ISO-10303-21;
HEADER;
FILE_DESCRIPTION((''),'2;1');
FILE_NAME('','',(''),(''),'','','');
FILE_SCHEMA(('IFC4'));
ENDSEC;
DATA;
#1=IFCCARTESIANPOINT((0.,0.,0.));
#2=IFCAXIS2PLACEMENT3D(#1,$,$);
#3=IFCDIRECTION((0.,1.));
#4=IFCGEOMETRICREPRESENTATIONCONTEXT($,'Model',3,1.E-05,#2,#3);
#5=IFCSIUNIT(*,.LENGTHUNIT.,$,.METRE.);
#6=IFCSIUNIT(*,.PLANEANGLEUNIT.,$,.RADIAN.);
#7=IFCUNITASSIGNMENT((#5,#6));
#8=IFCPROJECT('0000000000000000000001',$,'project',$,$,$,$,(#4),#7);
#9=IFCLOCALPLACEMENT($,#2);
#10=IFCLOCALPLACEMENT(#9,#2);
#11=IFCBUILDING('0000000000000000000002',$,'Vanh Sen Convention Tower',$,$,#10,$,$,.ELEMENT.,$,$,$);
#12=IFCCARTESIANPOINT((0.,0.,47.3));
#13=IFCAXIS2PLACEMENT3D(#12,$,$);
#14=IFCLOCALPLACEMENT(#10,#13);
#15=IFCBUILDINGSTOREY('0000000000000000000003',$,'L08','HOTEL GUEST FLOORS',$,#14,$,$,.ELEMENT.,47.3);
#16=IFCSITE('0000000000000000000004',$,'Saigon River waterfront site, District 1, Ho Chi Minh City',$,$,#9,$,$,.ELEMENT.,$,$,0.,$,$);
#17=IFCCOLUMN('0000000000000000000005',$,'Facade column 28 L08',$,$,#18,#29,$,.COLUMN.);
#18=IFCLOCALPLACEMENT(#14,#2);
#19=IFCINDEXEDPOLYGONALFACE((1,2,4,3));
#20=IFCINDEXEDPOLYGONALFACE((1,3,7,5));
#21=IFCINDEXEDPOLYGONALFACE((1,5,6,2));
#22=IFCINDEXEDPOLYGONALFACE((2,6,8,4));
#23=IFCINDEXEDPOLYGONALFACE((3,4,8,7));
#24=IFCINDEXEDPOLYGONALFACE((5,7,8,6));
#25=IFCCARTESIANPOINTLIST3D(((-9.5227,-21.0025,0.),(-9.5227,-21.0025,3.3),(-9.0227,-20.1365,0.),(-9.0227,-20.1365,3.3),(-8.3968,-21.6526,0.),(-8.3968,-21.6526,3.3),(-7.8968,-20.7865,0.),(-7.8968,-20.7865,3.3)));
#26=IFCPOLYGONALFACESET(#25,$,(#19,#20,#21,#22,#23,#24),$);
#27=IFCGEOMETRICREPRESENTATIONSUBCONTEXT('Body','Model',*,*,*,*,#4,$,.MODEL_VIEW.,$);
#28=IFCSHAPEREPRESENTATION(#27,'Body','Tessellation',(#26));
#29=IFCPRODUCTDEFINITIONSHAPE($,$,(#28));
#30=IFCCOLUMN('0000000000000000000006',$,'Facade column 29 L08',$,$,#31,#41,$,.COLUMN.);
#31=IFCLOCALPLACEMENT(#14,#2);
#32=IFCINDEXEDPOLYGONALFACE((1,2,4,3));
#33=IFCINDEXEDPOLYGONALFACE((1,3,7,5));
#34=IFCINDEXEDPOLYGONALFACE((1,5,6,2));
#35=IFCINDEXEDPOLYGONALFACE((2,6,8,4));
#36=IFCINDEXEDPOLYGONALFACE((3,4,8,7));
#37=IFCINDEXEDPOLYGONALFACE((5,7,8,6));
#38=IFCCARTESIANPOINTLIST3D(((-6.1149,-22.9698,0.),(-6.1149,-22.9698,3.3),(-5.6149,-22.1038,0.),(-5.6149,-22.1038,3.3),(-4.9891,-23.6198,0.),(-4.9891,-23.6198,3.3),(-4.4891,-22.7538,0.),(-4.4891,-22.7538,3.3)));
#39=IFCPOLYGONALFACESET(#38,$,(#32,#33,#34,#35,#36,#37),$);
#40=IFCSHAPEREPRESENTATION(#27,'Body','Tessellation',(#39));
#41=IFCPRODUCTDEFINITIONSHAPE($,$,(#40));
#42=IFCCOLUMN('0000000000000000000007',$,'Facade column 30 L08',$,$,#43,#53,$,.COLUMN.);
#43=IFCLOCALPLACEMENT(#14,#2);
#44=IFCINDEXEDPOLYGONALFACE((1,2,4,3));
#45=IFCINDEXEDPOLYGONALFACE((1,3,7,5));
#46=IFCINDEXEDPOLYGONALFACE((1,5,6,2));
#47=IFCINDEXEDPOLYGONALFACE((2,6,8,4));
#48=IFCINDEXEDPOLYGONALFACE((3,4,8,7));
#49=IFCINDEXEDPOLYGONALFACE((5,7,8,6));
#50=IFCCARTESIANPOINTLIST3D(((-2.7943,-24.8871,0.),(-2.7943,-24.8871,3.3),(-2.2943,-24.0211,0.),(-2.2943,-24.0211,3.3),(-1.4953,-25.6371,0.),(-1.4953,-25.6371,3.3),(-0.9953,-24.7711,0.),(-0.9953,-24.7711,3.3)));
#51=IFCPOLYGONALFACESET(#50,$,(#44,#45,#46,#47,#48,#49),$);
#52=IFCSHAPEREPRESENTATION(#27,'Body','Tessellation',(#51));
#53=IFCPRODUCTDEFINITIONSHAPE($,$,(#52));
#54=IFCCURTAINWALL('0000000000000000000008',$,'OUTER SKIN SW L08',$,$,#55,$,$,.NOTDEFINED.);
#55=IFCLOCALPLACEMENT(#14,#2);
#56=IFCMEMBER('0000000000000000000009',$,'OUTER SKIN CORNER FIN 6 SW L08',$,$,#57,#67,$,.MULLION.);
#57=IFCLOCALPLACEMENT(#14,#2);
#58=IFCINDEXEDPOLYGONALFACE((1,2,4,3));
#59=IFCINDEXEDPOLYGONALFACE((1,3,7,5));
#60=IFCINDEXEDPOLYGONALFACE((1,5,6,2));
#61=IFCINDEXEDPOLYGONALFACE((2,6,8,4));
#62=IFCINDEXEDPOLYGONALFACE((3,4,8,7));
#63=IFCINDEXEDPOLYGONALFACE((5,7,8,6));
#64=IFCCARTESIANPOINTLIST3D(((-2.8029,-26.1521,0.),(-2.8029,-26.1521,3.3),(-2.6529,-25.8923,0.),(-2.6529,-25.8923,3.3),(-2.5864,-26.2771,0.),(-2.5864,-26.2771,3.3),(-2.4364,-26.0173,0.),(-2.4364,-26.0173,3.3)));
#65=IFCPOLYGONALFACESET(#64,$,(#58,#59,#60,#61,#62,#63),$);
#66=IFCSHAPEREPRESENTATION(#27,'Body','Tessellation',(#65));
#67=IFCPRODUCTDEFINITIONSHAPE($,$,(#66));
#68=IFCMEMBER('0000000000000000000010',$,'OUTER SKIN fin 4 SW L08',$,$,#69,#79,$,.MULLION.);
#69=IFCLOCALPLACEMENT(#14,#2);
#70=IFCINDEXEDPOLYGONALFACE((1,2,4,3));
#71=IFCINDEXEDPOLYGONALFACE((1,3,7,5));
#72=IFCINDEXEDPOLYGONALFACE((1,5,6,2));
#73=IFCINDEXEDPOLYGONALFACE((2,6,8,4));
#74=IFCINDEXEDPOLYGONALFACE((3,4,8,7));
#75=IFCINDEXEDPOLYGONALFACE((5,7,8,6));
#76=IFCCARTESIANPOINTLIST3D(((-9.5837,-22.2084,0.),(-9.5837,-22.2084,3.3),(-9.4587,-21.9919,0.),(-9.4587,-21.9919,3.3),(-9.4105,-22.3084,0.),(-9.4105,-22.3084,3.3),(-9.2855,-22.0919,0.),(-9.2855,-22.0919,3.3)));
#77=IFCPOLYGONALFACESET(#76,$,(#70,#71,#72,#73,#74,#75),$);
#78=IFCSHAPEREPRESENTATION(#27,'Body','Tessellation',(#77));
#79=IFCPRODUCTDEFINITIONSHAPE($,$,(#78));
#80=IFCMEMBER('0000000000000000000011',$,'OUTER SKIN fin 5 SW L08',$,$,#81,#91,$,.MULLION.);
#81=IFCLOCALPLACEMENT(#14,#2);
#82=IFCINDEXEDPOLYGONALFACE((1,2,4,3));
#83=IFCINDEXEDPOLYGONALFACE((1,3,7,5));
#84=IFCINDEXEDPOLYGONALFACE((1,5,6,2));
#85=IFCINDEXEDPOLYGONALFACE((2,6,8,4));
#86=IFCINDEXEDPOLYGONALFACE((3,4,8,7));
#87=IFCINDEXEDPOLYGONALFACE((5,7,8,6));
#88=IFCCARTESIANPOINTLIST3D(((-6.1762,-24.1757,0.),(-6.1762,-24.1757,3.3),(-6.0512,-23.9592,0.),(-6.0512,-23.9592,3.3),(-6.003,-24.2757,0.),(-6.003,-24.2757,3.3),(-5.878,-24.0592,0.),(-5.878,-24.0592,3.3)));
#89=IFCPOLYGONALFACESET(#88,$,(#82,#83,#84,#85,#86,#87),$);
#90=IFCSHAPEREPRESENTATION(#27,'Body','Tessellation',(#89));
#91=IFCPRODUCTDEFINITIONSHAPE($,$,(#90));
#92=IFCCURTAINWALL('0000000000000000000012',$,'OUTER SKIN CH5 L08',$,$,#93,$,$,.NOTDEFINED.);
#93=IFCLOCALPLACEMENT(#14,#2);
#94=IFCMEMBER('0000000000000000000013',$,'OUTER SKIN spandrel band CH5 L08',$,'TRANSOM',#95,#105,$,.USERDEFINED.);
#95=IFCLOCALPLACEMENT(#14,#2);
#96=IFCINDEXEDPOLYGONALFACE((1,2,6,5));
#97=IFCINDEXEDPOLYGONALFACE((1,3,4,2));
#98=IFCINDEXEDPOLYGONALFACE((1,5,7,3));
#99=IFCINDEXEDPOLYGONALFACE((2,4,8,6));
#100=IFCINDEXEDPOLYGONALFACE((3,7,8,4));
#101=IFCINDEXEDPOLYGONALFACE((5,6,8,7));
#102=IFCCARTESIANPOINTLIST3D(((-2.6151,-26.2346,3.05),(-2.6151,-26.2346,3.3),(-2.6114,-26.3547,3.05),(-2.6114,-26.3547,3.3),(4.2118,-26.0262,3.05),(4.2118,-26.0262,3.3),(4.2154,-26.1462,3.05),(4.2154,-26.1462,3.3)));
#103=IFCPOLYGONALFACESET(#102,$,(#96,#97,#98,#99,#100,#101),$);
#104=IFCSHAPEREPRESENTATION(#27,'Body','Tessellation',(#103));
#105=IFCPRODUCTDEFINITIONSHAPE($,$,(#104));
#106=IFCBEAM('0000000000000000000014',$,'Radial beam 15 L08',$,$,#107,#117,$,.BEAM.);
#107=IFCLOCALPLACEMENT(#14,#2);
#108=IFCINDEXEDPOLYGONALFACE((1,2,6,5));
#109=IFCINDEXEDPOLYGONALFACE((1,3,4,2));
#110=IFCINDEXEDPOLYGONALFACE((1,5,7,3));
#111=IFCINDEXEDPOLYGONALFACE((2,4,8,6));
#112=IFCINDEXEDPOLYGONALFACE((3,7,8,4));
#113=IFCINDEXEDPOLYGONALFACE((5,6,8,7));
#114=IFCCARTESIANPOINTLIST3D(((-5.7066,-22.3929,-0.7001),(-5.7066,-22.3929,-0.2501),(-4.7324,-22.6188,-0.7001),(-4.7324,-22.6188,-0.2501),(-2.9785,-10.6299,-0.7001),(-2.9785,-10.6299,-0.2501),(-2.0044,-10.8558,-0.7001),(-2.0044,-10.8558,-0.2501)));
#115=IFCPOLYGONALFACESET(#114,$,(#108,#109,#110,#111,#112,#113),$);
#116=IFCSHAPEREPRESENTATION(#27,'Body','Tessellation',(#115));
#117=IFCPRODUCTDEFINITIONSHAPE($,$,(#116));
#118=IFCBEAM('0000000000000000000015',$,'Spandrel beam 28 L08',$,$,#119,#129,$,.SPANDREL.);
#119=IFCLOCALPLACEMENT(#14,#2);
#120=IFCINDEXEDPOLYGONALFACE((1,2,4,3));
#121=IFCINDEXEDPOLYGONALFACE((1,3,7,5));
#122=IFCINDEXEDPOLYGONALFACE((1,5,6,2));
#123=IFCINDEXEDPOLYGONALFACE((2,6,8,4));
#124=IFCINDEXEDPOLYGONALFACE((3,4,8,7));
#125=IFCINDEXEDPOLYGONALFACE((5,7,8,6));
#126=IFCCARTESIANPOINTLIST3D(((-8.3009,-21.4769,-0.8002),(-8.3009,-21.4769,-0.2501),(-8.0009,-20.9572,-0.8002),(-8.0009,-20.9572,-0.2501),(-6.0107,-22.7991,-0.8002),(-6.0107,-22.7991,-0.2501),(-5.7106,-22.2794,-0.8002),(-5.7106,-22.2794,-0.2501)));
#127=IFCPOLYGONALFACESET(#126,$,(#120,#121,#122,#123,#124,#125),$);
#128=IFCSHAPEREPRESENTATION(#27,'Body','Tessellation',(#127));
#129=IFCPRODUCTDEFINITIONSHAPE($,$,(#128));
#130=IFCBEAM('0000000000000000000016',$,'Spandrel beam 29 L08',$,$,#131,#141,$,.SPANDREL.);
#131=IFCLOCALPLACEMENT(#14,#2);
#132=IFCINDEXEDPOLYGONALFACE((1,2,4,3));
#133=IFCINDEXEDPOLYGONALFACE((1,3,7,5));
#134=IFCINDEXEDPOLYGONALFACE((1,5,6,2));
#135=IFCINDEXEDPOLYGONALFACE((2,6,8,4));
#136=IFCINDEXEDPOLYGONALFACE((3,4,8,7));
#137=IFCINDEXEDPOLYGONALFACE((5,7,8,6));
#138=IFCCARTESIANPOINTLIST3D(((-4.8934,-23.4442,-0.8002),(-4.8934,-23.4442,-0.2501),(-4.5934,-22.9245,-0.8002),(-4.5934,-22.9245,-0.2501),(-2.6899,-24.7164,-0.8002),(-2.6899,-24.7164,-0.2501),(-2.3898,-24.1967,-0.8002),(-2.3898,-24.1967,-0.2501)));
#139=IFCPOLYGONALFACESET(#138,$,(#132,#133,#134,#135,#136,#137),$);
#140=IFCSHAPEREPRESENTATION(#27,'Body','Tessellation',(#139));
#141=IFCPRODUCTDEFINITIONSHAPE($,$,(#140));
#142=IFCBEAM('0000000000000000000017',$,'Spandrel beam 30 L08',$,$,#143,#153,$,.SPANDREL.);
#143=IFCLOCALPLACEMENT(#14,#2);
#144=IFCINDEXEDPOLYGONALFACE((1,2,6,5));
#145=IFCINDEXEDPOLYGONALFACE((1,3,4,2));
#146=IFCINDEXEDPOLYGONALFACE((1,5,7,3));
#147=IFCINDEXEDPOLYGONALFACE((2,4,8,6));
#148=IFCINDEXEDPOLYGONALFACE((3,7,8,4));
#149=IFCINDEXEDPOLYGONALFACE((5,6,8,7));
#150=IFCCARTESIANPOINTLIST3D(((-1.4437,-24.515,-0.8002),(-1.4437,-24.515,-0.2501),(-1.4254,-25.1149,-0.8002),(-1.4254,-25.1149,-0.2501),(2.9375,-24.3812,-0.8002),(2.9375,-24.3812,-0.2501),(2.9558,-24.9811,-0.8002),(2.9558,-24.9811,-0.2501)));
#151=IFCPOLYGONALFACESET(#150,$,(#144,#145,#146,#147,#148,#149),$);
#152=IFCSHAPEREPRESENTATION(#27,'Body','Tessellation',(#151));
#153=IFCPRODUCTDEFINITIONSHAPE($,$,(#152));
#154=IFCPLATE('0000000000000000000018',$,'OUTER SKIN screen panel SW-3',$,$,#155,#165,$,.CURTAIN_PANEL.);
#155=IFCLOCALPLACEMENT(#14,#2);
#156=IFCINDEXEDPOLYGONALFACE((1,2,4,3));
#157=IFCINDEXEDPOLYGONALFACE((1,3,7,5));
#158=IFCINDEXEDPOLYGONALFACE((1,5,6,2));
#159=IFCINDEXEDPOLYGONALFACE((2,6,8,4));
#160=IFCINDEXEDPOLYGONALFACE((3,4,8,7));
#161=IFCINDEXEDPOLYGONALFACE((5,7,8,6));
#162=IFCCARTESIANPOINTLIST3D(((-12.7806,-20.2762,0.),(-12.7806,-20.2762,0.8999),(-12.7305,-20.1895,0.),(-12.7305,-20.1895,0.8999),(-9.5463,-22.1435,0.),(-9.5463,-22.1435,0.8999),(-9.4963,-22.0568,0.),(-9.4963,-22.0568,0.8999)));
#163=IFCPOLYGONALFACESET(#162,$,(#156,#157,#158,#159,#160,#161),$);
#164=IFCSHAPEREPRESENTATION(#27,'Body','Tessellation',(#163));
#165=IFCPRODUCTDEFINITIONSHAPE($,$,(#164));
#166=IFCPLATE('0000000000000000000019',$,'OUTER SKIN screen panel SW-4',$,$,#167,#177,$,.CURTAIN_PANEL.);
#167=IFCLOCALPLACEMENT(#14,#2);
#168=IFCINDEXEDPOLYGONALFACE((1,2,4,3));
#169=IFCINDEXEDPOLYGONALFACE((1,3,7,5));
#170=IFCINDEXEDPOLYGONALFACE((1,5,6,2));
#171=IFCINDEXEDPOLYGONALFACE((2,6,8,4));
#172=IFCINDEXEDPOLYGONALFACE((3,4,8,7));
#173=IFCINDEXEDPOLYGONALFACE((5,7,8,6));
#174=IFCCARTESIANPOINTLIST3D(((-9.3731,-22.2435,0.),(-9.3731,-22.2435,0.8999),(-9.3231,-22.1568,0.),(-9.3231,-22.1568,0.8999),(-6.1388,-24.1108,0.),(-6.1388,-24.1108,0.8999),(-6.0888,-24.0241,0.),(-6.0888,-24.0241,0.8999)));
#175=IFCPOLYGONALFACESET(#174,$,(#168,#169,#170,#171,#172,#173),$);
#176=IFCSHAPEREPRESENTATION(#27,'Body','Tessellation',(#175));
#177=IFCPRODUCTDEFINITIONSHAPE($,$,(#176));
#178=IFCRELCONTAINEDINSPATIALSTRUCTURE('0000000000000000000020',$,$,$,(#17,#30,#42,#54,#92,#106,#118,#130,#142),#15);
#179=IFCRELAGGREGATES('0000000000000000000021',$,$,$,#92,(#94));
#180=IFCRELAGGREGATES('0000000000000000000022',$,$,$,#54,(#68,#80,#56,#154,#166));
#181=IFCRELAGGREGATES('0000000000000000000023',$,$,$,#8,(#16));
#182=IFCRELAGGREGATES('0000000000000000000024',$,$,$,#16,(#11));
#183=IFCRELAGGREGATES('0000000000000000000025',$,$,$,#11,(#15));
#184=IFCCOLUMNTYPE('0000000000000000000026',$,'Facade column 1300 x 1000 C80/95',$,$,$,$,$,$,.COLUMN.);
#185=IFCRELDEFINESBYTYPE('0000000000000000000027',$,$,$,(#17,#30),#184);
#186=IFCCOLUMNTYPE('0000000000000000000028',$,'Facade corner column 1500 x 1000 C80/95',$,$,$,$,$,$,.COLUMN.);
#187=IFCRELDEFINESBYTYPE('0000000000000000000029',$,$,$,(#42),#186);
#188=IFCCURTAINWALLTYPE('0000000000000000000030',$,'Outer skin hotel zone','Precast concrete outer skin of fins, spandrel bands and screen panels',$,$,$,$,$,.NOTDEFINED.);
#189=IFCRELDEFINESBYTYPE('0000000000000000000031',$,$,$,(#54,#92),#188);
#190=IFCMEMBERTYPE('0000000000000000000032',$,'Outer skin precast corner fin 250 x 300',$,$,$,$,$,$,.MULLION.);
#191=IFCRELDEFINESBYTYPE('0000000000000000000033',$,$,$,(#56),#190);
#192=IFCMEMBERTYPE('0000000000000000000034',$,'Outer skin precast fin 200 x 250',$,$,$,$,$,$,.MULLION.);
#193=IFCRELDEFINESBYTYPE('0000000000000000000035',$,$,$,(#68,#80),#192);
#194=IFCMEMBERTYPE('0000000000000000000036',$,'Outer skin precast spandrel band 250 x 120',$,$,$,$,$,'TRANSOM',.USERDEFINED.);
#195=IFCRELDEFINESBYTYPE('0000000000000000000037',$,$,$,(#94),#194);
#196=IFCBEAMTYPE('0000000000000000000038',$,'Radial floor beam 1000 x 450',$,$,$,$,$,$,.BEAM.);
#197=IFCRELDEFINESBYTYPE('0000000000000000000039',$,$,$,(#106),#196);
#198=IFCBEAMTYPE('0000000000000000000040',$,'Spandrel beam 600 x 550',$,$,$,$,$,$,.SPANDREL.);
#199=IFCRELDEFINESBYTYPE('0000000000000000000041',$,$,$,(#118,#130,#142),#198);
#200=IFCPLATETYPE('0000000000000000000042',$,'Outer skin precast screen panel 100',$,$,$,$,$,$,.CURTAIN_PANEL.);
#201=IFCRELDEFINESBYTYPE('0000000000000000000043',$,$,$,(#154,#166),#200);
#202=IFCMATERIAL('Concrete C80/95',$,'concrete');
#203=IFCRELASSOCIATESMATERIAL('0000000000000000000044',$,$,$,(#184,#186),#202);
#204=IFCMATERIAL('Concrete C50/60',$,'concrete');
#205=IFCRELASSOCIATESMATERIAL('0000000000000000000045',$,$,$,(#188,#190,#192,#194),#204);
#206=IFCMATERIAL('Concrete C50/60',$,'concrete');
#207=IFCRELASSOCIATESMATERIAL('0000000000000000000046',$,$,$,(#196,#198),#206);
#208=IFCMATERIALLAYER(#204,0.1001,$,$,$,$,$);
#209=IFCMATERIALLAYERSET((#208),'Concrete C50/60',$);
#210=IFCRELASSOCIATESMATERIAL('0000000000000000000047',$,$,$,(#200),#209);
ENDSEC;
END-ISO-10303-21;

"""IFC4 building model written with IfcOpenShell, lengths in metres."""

from ifc_helpers import new_model, si_unit, direction, frame, origin, origin_2d, place, context, subcontext, project, spatial, rectangle, extrude, material, layer, layer_set, material_profile, profile_set, type_object, element, aggregate, save


model = new_model("IFC4")

# Units and contexts
model_context = context("Model", 3, precision=1e-05, world=origin(), true_north=direction((0.0, 1.0)))
body_context = subcontext(model_context, "Body", "Model", "MODEL_VIEW")
ifc_project = project(units=[si_unit("LENGTHUNIT", "METRE"), si_unit("PLANEANGLEUNIT", "RADIAN")], contexts=[model_context])

# Site, building, storey
site_placement = place(None, origin())
site = spatial("IfcSite", under=ifc_project, at=site_placement, Name="Saigon River waterfront site, District 1, Ho Chi Minh City", CompositionType="ELEMENT", RefElevation=0.0)
building_placement = place(site_placement, origin())
building = spatial("IfcBuilding", under=site, at=building_placement, Name="Vanh Sen Convention Tower", CompositionType="ELEMENT")
storey_placement = place(building_placement, frame((0.0, 0.0, 47.3)))
storey = spatial("IfcBuildingStorey", under=building, at=storey_placement, Name="L08", Description="HOTEL GUEST FLOORS", CompositionType="ELEMENT", Elevation=47.3)

# Columns
ifc_material_1 = material(Name="Concrete C80/95", Category="concrete")
ifc_material_profile_1 = material_profile(ifc_material_1, rectangle(XDim=1.3, YDim=1.0, at=origin_2d()), Name="RC 1300X1000")
ifc_profile_set_1 = profile_set([ifc_material_profile_1], Name="Concrete C80/95")
column_type_1 = type_object("IfcColumnType", Name="Facade column 1300 x 1000 C80/95", PredefinedType="COLUMN", material=ifc_profile_set_1)
for number, where, z_axis, x_axis, name in (
    (1, (-8.7097, -20.8945, 0.0), (0.0, 0.0, 1.0), (0.866025, -0.5, 0.0), "Facade column 28 L08"),
    (2, (-5.302, -22.8618, 0.0), (0.0, 0.0, 1.0), (0.866025, -0.5, 0.0), "Facade column 29 L08"),
):
    element("IfcColumn", number, at=place(storey_placement, frame(where, z_axis=z_axis, x_axis=x_axis)), inside=storey, type_object=column_type_1, Name=name, PredefinedType="COLUMN", context=body_context, shape_type="SweptSolid", body=[
        extrude(rectangle(XDim=1.3, YDim=1.0, at=origin_2d()), origin(), (0.0, 0.0, 1.0), 3.3),
    ])
ifc_material_profile_2 = material_profile(ifc_material_1, rectangle(XDim=1.5, YDim=1.0, at=origin_2d()), Name="RC 1500X1000")
ifc_profile_set_2 = profile_set([ifc_material_profile_2], Name="Concrete C80/95")
column_type_2 = type_object("IfcColumnType", Name="Facade corner column 1500 x 1000 C80/95", PredefinedType="COLUMN", material=ifc_profile_set_2)
column_placement = place(storey_placement, frame((-1.8948, -24.8291, 0.0), z_axis=(0.0, 0.0, 1.0), x_axis=(0.866025, -0.5, 0.0)))
element("IfcColumn", 3, at=column_placement, inside=storey, type_object=column_type_2, Name="Facade column 30 L08", PredefinedType="COLUMN", context=body_context, shape_type="SweptSolid", body=[
    extrude(rectangle(XDim=1.5, YDim=1.0, at=origin_2d()), origin(), (0.0, 0.0, 1.0), 3.3),
])

# Curtain wall, members
ifc_material_2 = material(Name="Concrete C50/60", Category="concrete")
curtain_wall_type = type_object("IfcCurtainWallType", Name="Outer skin hotel zone", Description="Precast concrete outer skin of fins, spandrel bands and screen panels", PredefinedType="NOTDEFINED", material=ifc_material_2)
curtain_wall_1_placement = place(storey_placement, origin())
curtain_wall_1 = element("IfcCurtainWall", 4, at=curtain_wall_1_placement, inside=storey, type_object=curtain_wall_type, Name="OUTER SKIN SW L08", PredefinedType="NOTDEFINED")
ifc_material_profile_3 = material_profile(ifc_material_2, rectangle(XDim=0.25, YDim=0.3, at=origin_2d()), Name="Outer skin precast corner fin 250 x 300")
ifc_profile_set_3 = profile_set([ifc_material_profile_3], Name="Concrete C50/60")
member_type_1 = type_object("IfcMemberType", Name="Outer skin precast corner fin 250 x 300", PredefinedType="MULLION", material=ifc_profile_set_3)
member_1_placement = place(storey_placement, frame((-2.6196, -26.0847, 0.0), z_axis=(0.0, 0.0, 1.0), x_axis=(0.866025, -0.5, 0.0)))
member_1 = element("IfcMember", 5, at=member_1_placement, type_object=member_type_1, Name="OUTER SKIN CORNER FIN 6 SW L08", PredefinedType="MULLION", context=body_context, shape_type="SweptSolid", body=[
    extrude(rectangle(XDim=0.25, YDim=0.3, at=origin_2d()), origin(), (0.0, 0.0, 1.0), 3.3),
])
ifc_material_profile_4 = material_profile(ifc_material_2, rectangle(XDim=0.2, YDim=0.25, at=origin_2d()), Name="Outer skin precast fin 200 x 250")
ifc_profile_set_4 = profile_set([ifc_material_profile_4], Name="Concrete C50/60")
member_type_2 = type_object("IfcMemberType", Name="Outer skin precast fin 200 x 250", PredefinedType="MULLION", material=ifc_profile_set_4)
member_2_placement = place(storey_placement, frame((-9.4346, -22.1501, 0.0), z_axis=(0.0, 0.0, 1.0), x_axis=(0.866025, -0.5, 0.0)))
member_2 = element("IfcMember", 6, at=member_2_placement, type_object=member_type_2, Name="OUTER SKIN fin 4 SW L08", PredefinedType="MULLION", context=body_context, shape_type="SweptSolid", body=[
    extrude(rectangle(XDim=0.2, YDim=0.25, at=origin_2d()), origin(), (0.0, 0.0, 1.0), 3.3),
])
member_3_placement = place(storey_placement, frame((-6.0271, -24.1174, 0.0), z_axis=(0.0, 0.0, 1.0), x_axis=(0.866025, -0.5, 0.0)))
member_3 = element("IfcMember", 7, at=member_3_placement, type_object=member_type_2, Name="OUTER SKIN fin 5 SW L08", PredefinedType="MULLION", context=body_context, shape_type="SweptSolid", body=[
    extrude(rectangle(XDim=0.2, YDim=0.25, at=origin_2d()), origin(), (0.0, 0.0, 1.0), 3.3),
])

# Curtain wall, member
curtain_wall_2_placement = place(storey_placement, origin())
curtain_wall_2 = element("IfcCurtainWall", 8, at=curtain_wall_2_placement, inside=storey, type_object=curtain_wall_type, Name="OUTER SKIN CH5 L08", PredefinedType="NOTDEFINED")
ifc_material_profile_5 = material_profile(ifc_material_2, rectangle(XDim=0.1201, YDim=0.25, at=origin_2d()), Name="Outer skin precast spandrel band 250 x 120")
ifc_profile_set_5 = profile_set([ifc_material_profile_5], Name="Concrete C50/60")
member_type_3 = type_object("IfcMemberType", Name="Outer skin precast spandrel band 250 x 120", ElementType="TRANSOM", PredefinedType="USERDEFINED", material=ifc_profile_set_5)
member_4_placement = place(storey_placement, frame((-2.6133, -26.2947, 3.175), z_axis=(0.999534, 0.030526, 0.0), x_axis=(-0.030526, 0.999534, 0.0)))
member_4 = element("IfcMember", 9, at=member_4_placement, type_object=member_type_3, Name="OUTER SKIN spandrel band CH5 L08", ObjectType="TRANSOM", PredefinedType="USERDEFINED", context=body_context, shape_type="SweptSolid", body=[
    extrude(rectangle(XDim=0.1201, YDim=0.25, at=origin_2d()), origin(), (0.0, 0.0, 1.0), 6.8301),
])
aggregate(curtain_wall_2, [member_4])

# Beams
ifc_material_3 = material(Name="Concrete C50/60", Category="concrete")
ifc_material_profile_6 = material_profile(ifc_material_3, rectangle(XDim=1.0, YDim=0.45, at=origin_2d()), Name="RC 1000X450")
ifc_profile_set_6 = profile_set([ifc_material_profile_6], Name="Concrete C50/60")
beam_type_1 = type_object("IfcBeamType", Name="Radial floor beam 1000 x 450", PredefinedType="BEAM", material=ifc_profile_set_6)
beam_1_placement = place(storey_placement, frame((-5.2195, -22.5059, -0.4751), z_axis=(0.225921, 0.974146, 0.0), x_axis=(-0.974146, 0.225921, 0.0)))
element("IfcBeam", 10, at=beam_1_placement, inside=storey, type_object=beam_type_1, Name="Radial beam 15 L08", PredefinedType="BEAM", context=body_context, shape_type="SweptSolid", body=[
    extrude(rectangle(XDim=1.0, YDim=0.45, at=origin_2d()), origin(), (0.0, 0.0, 1.0), 12.0752),
])
ifc_material_profile_7 = material_profile(ifc_material_3, rectangle(XDim=0.6001, YDim=0.55, at=origin_2d()), Name="RC 600X550")
ifc_profile_set_7 = profile_set([ifc_material_profile_7], Name="Concrete C50/60")
beam_type_2 = type_object("IfcBeamType", Name="Spandrel beam 600 x 550", PredefinedType="SPANDREL", material=ifc_profile_set_7)
beam_2_placement = place(storey_placement, frame((-8.1509, -21.217, -0.5251), z_axis=(0.86603, -0.499991, 0.0), x_axis=(0.499991, 0.86603, 0.0)))
element("IfcBeam", 11, at=beam_2_placement, inside=storey, type_object=beam_type_2, Name="Spandrel beam 28 L08", PredefinedType="SPANDREL", context=body_context, shape_type="SweptSolid", body=[
    extrude(rectangle(XDim=0.6001, YDim=0.55, at=origin_2d()), origin(), (0.0, 0.0, 1.0), 2.6445),
])
beam_3_placement = place(storey_placement, frame((-4.7434, -23.1843, -0.5251), z_axis=(0.866032, -0.499988, 0.0), x_axis=(0.499988, 0.866032, 0.0)))
element("IfcBeam", 12, at=beam_3_placement, inside=storey, type_object=beam_type_2, Name="Spandrel beam 29 L08", PredefinedType="SPANDREL", context=body_context, shape_type="SweptSolid", body=[
    extrude(rectangle(XDim=0.6001, YDim=0.55, at=origin_2d()), origin(), (0.0, 0.0, 1.0), 2.5444),
])
beam_4_placement = place(storey_placement, frame((-1.4346, -24.8149, -0.5251), z_axis=(0.999534, 0.030522, 0.0), x_axis=(-0.030522, 0.999534, 0.0)))
element("IfcBeam", 13, at=beam_4_placement, inside=storey, type_object=beam_type_2, Name="Spandrel beam 30 L08", PredefinedType="SPANDREL", context=body_context, shape_type="SweptSolid", body=[
    extrude(rectangle(XDim=0.6001, YDim=0.55, at=origin_2d()), origin(), (0.0, 0.0, 1.0), 4.3833),
])

# Plates
ifc_layer_1 = layer(ifc_material_2, 0.1001)
ifc_layer_set_1 = layer_set([ifc_layer_1], Name="Concrete C50/60")
plate_type = type_object("IfcPlateType", Name="Outer skin precast screen panel 100", PredefinedType="CURTAIN_PANEL", material=ifc_layer_set_1)
plate_1_placement = place(storey_placement, frame((-11.1384, -21.1665, 0.0), z_axis=(0.0, 0.0, 1.0), x_axis=(0.866028, -0.499995, 0.0)))
plate_1 = element("IfcPlate", 14, at=plate_1_placement, type_object=plate_type, Name="OUTER SKIN screen panel SW-3", PredefinedType="CURTAIN_PANEL", context=body_context, shape_type="SweptSolid", body=[
    extrude(rectangle(XDim=3.7346, YDim=0.1001, at=origin_2d()), origin(), (0.0, 0.0, 1.0), 0.8999),
])
plate_2_placement = place(storey_placement, frame((-7.731, -23.1338, 0.0), z_axis=(0.0, 0.0, 1.0), x_axis=(0.866028, -0.499995, 0.0)))
plate_2 = element("IfcPlate", 15, at=plate_2_placement, type_object=plate_type, Name="OUTER SKIN screen panel SW-4", PredefinedType="CURTAIN_PANEL", context=body_context, shape_type="SweptSolid", body=[
    extrude(rectangle(XDim=3.7346, YDim=0.1001, at=origin_2d()), origin(), (0.0, 0.0, 1.0), 0.8999),
])
aggregate(curtain_wall_1, [member_2, member_3, member_1, plate_1, plate_2])

save(model, "model.ifc")
